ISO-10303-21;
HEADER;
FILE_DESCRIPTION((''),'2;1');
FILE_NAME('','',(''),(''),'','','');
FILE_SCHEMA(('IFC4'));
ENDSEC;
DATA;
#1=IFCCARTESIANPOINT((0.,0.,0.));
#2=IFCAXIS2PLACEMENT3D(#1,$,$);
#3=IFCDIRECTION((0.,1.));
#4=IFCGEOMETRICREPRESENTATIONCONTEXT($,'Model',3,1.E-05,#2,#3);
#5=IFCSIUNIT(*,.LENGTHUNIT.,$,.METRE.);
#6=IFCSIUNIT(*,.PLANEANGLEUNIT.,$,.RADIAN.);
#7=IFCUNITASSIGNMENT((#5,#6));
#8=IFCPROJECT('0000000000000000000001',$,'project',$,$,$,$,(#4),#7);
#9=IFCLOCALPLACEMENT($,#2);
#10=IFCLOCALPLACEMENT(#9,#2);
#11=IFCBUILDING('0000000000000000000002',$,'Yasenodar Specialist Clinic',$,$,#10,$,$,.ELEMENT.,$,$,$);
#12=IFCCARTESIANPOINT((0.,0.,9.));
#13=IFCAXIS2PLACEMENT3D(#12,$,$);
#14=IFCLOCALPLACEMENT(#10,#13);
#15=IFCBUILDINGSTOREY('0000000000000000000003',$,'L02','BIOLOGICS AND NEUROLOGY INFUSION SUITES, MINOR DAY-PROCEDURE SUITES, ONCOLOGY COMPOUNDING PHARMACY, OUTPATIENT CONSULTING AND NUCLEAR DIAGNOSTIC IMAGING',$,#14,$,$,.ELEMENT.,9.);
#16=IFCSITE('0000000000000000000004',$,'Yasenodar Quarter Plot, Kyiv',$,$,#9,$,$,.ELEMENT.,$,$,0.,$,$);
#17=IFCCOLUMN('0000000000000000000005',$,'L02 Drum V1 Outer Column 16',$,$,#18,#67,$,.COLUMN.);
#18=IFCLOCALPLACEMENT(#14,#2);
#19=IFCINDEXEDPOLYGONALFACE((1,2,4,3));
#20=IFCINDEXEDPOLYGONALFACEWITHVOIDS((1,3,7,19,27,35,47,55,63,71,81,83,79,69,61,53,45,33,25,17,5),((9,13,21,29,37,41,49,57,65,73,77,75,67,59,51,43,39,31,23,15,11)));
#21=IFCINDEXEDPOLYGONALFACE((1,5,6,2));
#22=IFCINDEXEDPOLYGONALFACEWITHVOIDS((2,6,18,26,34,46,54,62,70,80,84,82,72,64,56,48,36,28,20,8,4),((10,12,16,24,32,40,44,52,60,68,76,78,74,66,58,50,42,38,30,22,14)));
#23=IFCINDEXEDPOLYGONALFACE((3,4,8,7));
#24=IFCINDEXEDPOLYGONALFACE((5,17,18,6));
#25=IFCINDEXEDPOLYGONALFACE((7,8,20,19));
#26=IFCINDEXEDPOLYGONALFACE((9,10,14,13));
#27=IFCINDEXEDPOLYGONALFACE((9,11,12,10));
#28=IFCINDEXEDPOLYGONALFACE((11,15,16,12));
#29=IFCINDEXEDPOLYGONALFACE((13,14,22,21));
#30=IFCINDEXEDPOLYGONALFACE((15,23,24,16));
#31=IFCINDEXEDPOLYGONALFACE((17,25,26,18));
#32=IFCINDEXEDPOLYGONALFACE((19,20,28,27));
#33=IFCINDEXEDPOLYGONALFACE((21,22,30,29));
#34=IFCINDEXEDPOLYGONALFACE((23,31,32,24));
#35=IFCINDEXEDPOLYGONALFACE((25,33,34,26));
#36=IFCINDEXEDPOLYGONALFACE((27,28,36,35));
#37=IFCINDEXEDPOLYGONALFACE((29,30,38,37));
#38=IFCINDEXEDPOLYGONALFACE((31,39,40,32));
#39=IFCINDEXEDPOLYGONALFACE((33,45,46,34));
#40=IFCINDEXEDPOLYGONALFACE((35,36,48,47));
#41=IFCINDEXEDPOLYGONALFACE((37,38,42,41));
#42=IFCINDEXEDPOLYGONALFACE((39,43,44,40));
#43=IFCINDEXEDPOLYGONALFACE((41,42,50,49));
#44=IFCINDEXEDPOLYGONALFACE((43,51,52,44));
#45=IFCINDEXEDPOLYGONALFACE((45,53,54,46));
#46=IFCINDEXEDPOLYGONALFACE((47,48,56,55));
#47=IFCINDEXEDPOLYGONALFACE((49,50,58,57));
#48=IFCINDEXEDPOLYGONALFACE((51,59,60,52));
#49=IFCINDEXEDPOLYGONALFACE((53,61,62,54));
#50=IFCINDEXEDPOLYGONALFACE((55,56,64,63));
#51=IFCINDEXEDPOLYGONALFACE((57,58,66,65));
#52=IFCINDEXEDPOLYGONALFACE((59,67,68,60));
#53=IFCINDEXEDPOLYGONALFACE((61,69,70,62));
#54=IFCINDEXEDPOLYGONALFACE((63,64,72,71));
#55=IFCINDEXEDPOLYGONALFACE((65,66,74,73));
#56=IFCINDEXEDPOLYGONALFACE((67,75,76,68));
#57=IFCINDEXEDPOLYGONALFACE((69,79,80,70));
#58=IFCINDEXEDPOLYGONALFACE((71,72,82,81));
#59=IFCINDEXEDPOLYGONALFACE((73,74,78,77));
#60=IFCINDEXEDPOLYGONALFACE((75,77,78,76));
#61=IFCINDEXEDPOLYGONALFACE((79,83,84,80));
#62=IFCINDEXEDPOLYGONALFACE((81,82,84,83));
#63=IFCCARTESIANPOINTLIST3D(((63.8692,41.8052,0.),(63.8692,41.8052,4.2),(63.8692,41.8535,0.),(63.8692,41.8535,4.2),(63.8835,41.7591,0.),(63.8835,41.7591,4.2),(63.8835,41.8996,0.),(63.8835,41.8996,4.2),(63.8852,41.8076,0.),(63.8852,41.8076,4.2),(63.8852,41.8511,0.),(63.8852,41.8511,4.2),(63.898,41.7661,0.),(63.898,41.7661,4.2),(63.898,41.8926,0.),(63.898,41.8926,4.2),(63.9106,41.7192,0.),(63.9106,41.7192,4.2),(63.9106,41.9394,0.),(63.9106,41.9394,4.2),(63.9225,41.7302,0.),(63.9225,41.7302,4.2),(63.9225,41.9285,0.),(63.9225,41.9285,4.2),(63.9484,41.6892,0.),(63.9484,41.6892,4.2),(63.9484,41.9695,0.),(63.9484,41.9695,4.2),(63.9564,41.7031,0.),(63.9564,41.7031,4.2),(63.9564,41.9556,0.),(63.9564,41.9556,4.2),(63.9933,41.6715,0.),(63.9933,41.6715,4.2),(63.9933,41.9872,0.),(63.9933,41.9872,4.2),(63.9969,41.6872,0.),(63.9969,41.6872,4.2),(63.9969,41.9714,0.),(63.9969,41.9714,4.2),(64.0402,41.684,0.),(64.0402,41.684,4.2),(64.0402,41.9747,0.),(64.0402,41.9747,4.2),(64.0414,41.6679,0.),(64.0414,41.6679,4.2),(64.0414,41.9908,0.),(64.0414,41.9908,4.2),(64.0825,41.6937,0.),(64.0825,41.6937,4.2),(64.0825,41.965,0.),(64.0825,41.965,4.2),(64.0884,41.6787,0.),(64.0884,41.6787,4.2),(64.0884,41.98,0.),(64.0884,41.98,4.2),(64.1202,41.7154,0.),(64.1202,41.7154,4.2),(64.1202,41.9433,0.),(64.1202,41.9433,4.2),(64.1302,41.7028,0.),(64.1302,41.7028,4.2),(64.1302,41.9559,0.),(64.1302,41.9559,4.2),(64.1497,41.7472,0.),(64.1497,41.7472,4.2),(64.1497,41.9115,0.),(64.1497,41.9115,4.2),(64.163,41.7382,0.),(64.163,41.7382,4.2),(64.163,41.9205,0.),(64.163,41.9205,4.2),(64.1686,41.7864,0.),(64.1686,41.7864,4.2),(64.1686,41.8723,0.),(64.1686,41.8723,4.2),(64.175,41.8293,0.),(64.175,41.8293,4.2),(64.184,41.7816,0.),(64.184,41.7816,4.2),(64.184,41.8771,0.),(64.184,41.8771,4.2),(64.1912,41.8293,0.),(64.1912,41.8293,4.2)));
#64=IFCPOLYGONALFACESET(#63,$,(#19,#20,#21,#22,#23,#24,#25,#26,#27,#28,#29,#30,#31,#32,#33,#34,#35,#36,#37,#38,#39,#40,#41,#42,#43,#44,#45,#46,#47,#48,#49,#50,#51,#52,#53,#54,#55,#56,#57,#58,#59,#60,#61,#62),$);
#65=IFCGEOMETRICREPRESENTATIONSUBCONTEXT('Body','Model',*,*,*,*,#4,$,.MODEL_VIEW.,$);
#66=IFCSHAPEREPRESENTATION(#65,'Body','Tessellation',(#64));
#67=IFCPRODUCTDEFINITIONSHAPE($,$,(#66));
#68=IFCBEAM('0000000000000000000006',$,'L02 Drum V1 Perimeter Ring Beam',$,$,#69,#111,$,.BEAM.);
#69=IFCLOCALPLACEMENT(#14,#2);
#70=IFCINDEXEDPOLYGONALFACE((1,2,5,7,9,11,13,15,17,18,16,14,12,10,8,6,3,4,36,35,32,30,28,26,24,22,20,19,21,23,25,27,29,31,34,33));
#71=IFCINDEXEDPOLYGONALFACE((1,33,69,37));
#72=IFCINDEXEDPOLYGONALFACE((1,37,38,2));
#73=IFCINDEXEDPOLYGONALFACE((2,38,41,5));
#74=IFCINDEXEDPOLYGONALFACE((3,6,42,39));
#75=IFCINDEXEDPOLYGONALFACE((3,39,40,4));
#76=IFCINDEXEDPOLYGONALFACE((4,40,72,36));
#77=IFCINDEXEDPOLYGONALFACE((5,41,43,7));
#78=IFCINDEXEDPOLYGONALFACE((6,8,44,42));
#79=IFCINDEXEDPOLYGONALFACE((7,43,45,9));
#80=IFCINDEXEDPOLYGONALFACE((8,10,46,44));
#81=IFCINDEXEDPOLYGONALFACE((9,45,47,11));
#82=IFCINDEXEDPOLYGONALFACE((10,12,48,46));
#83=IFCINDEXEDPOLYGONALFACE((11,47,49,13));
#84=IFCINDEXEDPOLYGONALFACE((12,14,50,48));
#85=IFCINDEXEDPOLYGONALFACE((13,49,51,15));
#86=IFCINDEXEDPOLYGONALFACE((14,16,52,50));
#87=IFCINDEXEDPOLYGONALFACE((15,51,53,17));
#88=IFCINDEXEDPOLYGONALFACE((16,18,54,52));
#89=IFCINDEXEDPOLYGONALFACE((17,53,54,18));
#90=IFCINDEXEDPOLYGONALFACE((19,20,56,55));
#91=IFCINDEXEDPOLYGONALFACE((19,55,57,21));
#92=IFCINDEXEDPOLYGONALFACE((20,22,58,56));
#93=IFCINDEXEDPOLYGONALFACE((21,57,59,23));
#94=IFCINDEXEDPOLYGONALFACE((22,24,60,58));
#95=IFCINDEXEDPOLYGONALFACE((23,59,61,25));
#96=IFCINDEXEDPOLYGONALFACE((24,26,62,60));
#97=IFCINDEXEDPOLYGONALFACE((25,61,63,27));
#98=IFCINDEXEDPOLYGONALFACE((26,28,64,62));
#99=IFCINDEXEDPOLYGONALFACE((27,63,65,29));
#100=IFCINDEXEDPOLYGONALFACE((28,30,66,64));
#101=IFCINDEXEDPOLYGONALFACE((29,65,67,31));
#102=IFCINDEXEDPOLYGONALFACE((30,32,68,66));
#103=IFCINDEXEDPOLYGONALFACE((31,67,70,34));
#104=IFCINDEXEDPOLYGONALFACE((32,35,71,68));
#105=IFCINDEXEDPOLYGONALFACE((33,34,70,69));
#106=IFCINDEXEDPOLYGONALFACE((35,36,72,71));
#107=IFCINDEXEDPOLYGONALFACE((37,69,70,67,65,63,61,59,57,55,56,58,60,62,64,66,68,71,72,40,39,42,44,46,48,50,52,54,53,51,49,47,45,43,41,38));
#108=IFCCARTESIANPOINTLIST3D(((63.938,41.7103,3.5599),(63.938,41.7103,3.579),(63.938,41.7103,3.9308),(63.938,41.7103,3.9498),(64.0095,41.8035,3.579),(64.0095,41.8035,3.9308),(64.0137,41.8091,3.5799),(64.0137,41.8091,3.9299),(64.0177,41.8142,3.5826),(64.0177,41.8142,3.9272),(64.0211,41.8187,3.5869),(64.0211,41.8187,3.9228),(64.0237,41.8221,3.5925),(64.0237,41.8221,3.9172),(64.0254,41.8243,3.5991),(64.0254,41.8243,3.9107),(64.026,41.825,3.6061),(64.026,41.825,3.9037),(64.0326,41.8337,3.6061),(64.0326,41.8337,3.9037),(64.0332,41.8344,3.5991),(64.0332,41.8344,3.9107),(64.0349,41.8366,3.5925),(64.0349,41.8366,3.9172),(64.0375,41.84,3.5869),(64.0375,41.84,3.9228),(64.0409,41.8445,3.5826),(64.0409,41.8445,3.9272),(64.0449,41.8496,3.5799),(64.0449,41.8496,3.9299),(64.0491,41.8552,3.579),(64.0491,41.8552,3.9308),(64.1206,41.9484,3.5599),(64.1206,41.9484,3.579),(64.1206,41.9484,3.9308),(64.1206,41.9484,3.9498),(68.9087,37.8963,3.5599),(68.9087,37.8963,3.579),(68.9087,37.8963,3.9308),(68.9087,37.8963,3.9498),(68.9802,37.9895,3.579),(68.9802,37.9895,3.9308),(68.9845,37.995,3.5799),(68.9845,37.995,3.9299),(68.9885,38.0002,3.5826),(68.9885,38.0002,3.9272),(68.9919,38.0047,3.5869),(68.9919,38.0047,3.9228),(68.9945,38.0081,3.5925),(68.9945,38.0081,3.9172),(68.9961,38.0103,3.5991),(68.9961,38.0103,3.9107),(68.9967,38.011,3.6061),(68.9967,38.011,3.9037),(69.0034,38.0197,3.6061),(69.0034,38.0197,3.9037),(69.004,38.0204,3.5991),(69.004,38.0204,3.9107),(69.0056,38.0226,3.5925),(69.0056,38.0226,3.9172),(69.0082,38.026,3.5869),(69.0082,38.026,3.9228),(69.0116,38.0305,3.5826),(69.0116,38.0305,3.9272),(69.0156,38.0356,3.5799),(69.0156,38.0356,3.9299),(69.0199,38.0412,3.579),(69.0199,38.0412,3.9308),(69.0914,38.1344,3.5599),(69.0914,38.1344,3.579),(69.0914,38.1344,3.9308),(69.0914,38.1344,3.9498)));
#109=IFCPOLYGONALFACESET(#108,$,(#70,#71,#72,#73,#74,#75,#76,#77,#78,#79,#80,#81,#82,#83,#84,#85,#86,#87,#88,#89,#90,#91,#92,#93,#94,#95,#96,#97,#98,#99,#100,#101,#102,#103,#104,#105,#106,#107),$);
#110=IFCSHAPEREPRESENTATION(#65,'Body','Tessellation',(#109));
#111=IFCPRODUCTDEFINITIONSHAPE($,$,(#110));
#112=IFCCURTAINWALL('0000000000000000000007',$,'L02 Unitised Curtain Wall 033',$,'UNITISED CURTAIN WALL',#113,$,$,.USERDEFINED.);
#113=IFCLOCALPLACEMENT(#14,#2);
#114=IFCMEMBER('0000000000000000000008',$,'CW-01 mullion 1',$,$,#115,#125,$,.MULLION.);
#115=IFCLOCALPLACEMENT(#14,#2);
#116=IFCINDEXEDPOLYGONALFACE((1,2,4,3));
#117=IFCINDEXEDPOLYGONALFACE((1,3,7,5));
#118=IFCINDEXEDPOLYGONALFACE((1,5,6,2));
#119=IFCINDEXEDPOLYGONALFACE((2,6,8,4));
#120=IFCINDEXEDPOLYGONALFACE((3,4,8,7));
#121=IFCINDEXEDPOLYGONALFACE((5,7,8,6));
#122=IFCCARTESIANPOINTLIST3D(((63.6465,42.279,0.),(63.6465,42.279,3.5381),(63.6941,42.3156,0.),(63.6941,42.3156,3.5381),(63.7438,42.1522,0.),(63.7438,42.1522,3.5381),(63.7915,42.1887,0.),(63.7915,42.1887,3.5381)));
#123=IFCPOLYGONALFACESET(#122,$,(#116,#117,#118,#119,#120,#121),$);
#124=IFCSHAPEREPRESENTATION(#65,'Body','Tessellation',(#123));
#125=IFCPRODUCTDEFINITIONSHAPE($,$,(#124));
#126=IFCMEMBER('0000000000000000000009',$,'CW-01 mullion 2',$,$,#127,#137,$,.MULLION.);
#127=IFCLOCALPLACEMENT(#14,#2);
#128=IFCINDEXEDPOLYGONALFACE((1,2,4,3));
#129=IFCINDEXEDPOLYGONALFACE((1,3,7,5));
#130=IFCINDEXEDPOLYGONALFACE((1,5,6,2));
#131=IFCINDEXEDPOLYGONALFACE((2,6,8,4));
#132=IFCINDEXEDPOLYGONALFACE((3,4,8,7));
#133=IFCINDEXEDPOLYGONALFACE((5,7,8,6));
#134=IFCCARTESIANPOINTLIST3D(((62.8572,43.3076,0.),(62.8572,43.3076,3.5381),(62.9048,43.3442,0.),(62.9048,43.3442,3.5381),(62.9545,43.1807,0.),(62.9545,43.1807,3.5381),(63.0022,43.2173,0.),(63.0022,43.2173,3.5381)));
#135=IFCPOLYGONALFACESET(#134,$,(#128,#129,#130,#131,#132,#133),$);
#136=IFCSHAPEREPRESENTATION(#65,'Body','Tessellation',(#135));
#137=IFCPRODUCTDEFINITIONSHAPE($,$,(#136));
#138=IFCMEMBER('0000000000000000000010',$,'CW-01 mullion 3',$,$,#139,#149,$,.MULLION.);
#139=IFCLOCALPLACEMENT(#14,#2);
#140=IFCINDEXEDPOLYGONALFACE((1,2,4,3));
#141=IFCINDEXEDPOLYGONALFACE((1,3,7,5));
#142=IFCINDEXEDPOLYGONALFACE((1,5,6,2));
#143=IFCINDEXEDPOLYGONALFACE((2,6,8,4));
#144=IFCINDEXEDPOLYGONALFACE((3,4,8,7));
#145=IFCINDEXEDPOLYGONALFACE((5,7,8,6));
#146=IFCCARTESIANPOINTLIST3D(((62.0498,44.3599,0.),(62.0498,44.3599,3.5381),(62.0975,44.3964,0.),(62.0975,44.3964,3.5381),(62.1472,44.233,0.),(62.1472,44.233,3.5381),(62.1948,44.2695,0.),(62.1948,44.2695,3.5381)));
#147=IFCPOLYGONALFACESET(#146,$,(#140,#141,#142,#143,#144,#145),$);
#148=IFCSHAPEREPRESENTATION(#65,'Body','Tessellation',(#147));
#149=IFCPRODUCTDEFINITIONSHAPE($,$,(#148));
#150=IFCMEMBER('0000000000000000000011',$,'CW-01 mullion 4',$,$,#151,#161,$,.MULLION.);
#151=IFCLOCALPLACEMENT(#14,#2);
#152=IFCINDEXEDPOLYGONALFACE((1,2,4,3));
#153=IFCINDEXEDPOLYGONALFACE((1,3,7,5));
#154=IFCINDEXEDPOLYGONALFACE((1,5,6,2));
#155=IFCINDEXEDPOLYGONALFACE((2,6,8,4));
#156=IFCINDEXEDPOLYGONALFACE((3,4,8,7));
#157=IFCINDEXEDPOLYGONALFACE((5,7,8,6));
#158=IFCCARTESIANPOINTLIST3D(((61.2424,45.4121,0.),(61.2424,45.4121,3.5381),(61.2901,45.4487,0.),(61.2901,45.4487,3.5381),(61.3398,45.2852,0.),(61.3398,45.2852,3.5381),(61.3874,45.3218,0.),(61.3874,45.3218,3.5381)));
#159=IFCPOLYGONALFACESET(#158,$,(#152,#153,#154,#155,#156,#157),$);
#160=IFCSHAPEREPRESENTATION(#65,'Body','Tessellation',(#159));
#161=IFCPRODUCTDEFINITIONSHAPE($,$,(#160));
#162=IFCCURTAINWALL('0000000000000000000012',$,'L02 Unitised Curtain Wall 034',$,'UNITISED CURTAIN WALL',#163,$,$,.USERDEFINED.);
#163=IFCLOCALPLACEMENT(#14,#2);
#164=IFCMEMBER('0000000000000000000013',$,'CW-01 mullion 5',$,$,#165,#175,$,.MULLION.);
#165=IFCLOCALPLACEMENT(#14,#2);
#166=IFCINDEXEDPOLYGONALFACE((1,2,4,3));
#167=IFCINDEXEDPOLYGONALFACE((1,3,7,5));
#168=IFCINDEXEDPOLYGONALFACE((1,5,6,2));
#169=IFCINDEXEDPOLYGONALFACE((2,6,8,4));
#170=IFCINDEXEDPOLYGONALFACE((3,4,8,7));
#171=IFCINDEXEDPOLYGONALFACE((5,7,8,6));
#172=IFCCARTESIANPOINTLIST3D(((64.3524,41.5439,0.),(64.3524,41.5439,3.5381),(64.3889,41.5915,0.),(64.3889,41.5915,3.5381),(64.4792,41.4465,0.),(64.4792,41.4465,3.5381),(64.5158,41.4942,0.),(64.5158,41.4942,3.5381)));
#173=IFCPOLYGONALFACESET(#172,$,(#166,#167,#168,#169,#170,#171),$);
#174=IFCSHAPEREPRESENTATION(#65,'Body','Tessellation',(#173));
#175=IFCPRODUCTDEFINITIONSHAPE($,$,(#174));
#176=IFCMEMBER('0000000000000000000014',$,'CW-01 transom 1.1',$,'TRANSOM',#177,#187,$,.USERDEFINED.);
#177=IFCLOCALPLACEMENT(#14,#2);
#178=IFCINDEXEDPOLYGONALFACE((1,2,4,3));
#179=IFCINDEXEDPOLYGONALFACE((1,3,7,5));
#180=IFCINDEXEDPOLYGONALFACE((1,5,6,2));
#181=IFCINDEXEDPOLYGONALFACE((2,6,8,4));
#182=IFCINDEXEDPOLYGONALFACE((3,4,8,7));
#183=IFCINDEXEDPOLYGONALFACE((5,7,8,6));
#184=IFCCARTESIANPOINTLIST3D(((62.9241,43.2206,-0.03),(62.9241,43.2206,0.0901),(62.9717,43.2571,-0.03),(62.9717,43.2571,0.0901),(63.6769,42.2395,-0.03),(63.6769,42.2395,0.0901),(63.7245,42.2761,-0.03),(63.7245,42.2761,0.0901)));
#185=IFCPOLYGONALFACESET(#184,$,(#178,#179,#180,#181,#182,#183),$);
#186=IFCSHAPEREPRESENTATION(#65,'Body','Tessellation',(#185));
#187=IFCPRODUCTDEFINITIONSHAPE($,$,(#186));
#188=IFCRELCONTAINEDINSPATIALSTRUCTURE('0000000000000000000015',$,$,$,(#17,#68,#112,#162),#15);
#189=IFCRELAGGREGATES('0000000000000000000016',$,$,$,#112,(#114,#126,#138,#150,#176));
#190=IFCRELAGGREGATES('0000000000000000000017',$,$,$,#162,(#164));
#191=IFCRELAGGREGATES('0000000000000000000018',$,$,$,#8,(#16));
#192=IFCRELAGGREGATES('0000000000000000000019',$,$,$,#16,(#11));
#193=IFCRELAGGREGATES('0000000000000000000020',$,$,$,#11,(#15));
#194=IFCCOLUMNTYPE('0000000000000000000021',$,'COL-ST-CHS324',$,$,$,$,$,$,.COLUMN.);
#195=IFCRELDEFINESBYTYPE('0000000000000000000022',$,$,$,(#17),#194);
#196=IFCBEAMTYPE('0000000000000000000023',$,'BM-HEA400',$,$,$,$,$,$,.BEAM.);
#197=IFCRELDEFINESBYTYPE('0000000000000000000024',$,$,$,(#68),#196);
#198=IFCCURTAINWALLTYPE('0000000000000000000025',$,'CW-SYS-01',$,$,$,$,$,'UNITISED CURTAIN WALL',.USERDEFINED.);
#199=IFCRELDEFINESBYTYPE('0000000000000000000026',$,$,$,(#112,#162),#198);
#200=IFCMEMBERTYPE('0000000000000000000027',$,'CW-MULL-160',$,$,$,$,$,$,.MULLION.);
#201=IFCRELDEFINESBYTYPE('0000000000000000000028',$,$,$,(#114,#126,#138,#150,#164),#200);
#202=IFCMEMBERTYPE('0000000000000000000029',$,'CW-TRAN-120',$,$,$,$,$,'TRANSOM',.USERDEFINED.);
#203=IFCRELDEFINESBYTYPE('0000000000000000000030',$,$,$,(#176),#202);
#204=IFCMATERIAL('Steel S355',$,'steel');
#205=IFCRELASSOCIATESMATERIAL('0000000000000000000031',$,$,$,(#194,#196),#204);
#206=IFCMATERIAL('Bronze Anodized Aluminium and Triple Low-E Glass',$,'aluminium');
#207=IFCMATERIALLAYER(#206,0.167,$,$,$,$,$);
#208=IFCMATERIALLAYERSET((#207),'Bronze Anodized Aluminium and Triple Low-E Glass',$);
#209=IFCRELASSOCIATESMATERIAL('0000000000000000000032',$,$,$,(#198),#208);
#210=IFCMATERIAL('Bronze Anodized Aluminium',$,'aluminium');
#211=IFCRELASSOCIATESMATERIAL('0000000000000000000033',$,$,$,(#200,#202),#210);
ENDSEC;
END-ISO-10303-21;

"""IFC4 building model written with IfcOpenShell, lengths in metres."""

from ifc_helpers import new_model, si_unit, direction, frame, origin, origin_2d, place, context, subcontext, project, spatial, rectangle, hollow_circle, i_section, extrude, material, layer, layer_set, material_profile, profile_set, type_object, element, aggregate, save


model = new_model("IFC4")

# Units and contexts
model_context = context("Model", 3, precision=1e-05, world=origin(), true_north=direction((0.0, 1.0)))
body_context = subcontext(model_context, "Body", "Model", "MODEL_VIEW")
ifc_project = project(units=[si_unit("LENGTHUNIT", "METRE"), si_unit("PLANEANGLEUNIT", "RADIAN")], contexts=[model_context])

# Site, building, storey
site_placement = place(None, origin())
site = spatial("IfcSite", under=ifc_project, at=site_placement, Name="Yasenodar Quarter Plot, Kyiv", CompositionType="ELEMENT", RefElevation=0.0)
building_placement = place(site_placement, origin())
building = spatial("IfcBuilding", under=site, at=building_placement, Name="Yasenodar Specialist Clinic", CompositionType="ELEMENT")
storey_placement = place(building_placement, frame((0.0, 0.0, 9.0)))
storey = spatial("IfcBuildingStorey", under=building, at=storey_placement, Name="L02", Description="BIOLOGICS AND NEUROLOGY INFUSION SUITES, MINOR DAY-PROCEDURE SUITES, ONCOLOGY COMPOUNDING PHARMACY, OUTPATIENT CONSULTING AND NUCLEAR DIAGNOSTIC IMAGING", CompositionType="ELEMENT", Elevation=9.0)

# Column
ifc_material_1 = material(Name="Steel S355", Category="steel")
ifc_material_profile_1 = material_profile(ifc_material_1, hollow_circle(Radius=0.1619, WallThickness=0.0161, at=origin_2d()), Name="CHS 323.9x16")
ifc_profile_set_1 = profile_set([ifc_material_profile_1], Name="Steel S355")
column_type = type_object("IfcColumnType", Name="COL-ST-CHS324", PredefinedType="COLUMN", material=ifc_profile_set_1)
column_placement = place(storey_placement, frame((64.0293, 41.8293, 0.0), z_axis=(0.0, 0.0, 1.0), x_axis=(1.0, 0.0, 0.0)))
element("IfcColumn", 1, at=column_placement, inside=storey, type_object=column_type, Name="L02 Drum V1 Outer Column 16", PredefinedType="COLUMN", context=body_context, shape_type="SweptSolid", body=[
    extrude(hollow_circle(Radius=0.1619, WallThickness=0.0161, at=origin_2d()), origin(), (0.0, 0.0, 1.0), 4.2),
])

# Beam
ifc_material_profile_2 = material_profile(ifc_material_1, i_section(OverallWidth=0.3, OverallDepth=0.3899, WebThickness=0.011, FlangeThickness=0.019, FilletRadius=0.0271, at=origin_2d()), Name="HEA 400")
ifc_profile_set_2 = profile_set([ifc_material_profile_2], Name="Steel S355")
beam_type = type_object("IfcBeamType", Name="BM-HEA400", PredefinedType="BEAM", material=ifc_profile_set_2)
beam_placement = place(storey_placement, frame((64.0293, 41.8293, 3.7549), z_axis=(0.793368, -0.608742, 0.0), x_axis=(0.608742, 0.793368, 0.0)))
element("IfcBeam", 2, at=beam_placement, inside=storey, type_object=beam_type, Name="L02 Drum V1 Perimeter Ring Beam", PredefinedType="BEAM", context=body_context, shape_type="SweptSolid", body=[
    extrude(i_section(OverallWidth=0.3, OverallDepth=0.3899, WebThickness=0.011, FlangeThickness=0.019, FilletRadius=0.0271, at=origin_2d()), origin(), (0.0, 0.0, 1.0), 6.2654),
])

# Curtain wall, members
ifc_material_2 = material(Name="Bronze Anodized Aluminium and Triple Low-E Glass", Category="aluminium")
ifc_layer_1 = layer(ifc_material_2, 0.167)
ifc_layer_set_1 = layer_set([ifc_layer_1], Name="Bronze Anodized Aluminium and Triple Low-E Glass")
curtain_wall_type = type_object("IfcCurtainWallType", Name="CW-SYS-01", ElementType="UNITISED CURTAIN WALL", PredefinedType="USERDEFINED", material=ifc_layer_set_1)
curtain_wall_1_placement = place(storey_placement, origin())
curtain_wall_1 = element("IfcCurtainWall", 3, at=curtain_wall_1_placement, inside=storey, type_object=curtain_wall_type, Name="L02 Unitised Curtain Wall 033", ObjectType="UNITISED CURTAIN WALL", PredefinedType="USERDEFINED")
ifc_material_3 = material(Name="Bronze Anodized Aluminium", Category="aluminium")
ifc_material_profile_3 = material_profile(ifc_material_3, rectangle(XDim=0.0601, YDim=0.1599, at=origin_2d()), Name="CW-MULL 60x160")
ifc_profile_set_3 = profile_set([ifc_material_profile_3], Name="Bronze Anodized Aluminium")
member_type_1 = type_object("IfcMemberType", Name="CW-MULL-160", PredefinedType="MULLION", material=ifc_profile_set_3)
member_1_placement = place(storey_placement, frame((63.719, 42.2339, 0.0), z_axis=(0.0, 0.0, 1.0), x_axis=(-0.793361, -0.608752, 0.0)))
member_1 = element("IfcMember", 4, at=member_1_placement, type_object=member_type_1, Name="CW-01 mullion 1", PredefinedType="MULLION", context=body_context, shape_type="SweptSolid", body=[
    extrude(rectangle(XDim=0.0601, YDim=0.1599, at=origin_2d()), origin(), (0.0, 0.0, 1.0), 3.5381),
])
member_2_placement = place(storey_placement, frame((62.9297, 43.2625, 0.0), z_axis=(0.0, 0.0, 1.0), x_axis=(-0.793361, -0.608752, 0.0)))
member_2 = element("IfcMember", 5, at=member_2_placement, type_object=member_type_1, Name="CW-01 mullion 2", PredefinedType="MULLION", context=body_context, shape_type="SweptSolid", body=[
    extrude(rectangle(XDim=0.0601, YDim=0.1599, at=origin_2d()), origin(), (0.0, 0.0, 1.0), 3.5381),
])
member_3_placement = place(storey_placement, frame((62.1223, 44.3147, 0.0), z_axis=(0.0, 0.0, 1.0), x_axis=(-0.793361, -0.608752, 0.0)))
member_3 = element("IfcMember", 6, at=member_3_placement, type_object=member_type_1, Name="CW-01 mullion 3", PredefinedType="MULLION", context=body_context, shape_type="SweptSolid", body=[
    extrude(rectangle(XDim=0.0601, YDim=0.1599, at=origin_2d()), origin(), (0.0, 0.0, 1.0), 3.5381),
])
member_4_placement = place(storey_placement, frame((61.3149, 45.3669, 0.0), z_axis=(0.0, 0.0, 1.0), x_axis=(-0.793361, -0.608752, 0.0)))
member_4 = element("IfcMember", 7, at=member_4_placement, type_object=member_type_1, Name="CW-01 mullion 4", PredefinedType="MULLION", context=body_context, shape_type="SweptSolid", body=[
    extrude(rectangle(XDim=0.0601, YDim=0.1599, at=origin_2d()), origin(), (0.0, 0.0, 1.0), 3.5381),
])

# Curtain wall, member
curtain_wall_2_placement = place(storey_placement, origin())
curtain_wall_2 = element("IfcCurtainWall", 8, at=curtain_wall_2_placement, inside=storey, type_object=curtain_wall_type, Name="L02 Unitised Curtain Wall 034", ObjectType="UNITISED CURTAIN WALL", PredefinedType="USERDEFINED")
member_5_placement = place(storey_placement, frame((64.4341, 41.519, 0.0), z_axis=(0.0, 0.0, 1.0), x_axis=(-0.608752, -0.793361, 0.0)))
member_5 = element("IfcMember", 9, at=member_5_placement, type_object=member_type_1, Name="CW-01 mullion 5", PredefinedType="MULLION", context=body_context, shape_type="SweptSolid", body=[
    extrude(rectangle(XDim=0.0601, YDim=0.1599, at=origin_2d()), origin(), (0.0, 0.0, 1.0), 3.5381),
])

# Member
ifc_material_profile_4 = material_profile(ifc_material_3, rectangle(XDim=0.0601, YDim=0.1201, at=origin_2d()), Name="CW-TRAN 60x120")
ifc_profile_set_4 = profile_set([ifc_material_profile_4], Name="Bronze Anodized Aluminium")
member_type_2 = type_object("IfcMemberType", Name="CW-TRAN-120", ElementType="TRANSOM", PredefinedType="USERDEFINED", material=ifc_profile_set_4)
member_6_placement = place(storey_placement, frame((63.7007, 42.2578, 0.03), z_axis=(-0.608747, 0.793365, 0.0), x_axis=(-0.793365, -0.608747, 0.0)))
member_6 = element("IfcMember", 10, at=member_6_placement, type_object=member_type_2, Name="CW-01 transom 1.1", ObjectType="TRANSOM", PredefinedType="USERDEFINED", context=body_context, shape_type="SweptSolid", body=[
    extrude(rectangle(XDim=0.0601, YDim=0.1201, at=origin_2d()), origin(), (0.0, 0.0, 1.0), 1.2366),
])

aggregate(curtain_wall_1, [member_1, member_2, member_3, member_4, member_6])
aggregate(curtain_wall_2, [member_5])

save(model, "model.ifc")
